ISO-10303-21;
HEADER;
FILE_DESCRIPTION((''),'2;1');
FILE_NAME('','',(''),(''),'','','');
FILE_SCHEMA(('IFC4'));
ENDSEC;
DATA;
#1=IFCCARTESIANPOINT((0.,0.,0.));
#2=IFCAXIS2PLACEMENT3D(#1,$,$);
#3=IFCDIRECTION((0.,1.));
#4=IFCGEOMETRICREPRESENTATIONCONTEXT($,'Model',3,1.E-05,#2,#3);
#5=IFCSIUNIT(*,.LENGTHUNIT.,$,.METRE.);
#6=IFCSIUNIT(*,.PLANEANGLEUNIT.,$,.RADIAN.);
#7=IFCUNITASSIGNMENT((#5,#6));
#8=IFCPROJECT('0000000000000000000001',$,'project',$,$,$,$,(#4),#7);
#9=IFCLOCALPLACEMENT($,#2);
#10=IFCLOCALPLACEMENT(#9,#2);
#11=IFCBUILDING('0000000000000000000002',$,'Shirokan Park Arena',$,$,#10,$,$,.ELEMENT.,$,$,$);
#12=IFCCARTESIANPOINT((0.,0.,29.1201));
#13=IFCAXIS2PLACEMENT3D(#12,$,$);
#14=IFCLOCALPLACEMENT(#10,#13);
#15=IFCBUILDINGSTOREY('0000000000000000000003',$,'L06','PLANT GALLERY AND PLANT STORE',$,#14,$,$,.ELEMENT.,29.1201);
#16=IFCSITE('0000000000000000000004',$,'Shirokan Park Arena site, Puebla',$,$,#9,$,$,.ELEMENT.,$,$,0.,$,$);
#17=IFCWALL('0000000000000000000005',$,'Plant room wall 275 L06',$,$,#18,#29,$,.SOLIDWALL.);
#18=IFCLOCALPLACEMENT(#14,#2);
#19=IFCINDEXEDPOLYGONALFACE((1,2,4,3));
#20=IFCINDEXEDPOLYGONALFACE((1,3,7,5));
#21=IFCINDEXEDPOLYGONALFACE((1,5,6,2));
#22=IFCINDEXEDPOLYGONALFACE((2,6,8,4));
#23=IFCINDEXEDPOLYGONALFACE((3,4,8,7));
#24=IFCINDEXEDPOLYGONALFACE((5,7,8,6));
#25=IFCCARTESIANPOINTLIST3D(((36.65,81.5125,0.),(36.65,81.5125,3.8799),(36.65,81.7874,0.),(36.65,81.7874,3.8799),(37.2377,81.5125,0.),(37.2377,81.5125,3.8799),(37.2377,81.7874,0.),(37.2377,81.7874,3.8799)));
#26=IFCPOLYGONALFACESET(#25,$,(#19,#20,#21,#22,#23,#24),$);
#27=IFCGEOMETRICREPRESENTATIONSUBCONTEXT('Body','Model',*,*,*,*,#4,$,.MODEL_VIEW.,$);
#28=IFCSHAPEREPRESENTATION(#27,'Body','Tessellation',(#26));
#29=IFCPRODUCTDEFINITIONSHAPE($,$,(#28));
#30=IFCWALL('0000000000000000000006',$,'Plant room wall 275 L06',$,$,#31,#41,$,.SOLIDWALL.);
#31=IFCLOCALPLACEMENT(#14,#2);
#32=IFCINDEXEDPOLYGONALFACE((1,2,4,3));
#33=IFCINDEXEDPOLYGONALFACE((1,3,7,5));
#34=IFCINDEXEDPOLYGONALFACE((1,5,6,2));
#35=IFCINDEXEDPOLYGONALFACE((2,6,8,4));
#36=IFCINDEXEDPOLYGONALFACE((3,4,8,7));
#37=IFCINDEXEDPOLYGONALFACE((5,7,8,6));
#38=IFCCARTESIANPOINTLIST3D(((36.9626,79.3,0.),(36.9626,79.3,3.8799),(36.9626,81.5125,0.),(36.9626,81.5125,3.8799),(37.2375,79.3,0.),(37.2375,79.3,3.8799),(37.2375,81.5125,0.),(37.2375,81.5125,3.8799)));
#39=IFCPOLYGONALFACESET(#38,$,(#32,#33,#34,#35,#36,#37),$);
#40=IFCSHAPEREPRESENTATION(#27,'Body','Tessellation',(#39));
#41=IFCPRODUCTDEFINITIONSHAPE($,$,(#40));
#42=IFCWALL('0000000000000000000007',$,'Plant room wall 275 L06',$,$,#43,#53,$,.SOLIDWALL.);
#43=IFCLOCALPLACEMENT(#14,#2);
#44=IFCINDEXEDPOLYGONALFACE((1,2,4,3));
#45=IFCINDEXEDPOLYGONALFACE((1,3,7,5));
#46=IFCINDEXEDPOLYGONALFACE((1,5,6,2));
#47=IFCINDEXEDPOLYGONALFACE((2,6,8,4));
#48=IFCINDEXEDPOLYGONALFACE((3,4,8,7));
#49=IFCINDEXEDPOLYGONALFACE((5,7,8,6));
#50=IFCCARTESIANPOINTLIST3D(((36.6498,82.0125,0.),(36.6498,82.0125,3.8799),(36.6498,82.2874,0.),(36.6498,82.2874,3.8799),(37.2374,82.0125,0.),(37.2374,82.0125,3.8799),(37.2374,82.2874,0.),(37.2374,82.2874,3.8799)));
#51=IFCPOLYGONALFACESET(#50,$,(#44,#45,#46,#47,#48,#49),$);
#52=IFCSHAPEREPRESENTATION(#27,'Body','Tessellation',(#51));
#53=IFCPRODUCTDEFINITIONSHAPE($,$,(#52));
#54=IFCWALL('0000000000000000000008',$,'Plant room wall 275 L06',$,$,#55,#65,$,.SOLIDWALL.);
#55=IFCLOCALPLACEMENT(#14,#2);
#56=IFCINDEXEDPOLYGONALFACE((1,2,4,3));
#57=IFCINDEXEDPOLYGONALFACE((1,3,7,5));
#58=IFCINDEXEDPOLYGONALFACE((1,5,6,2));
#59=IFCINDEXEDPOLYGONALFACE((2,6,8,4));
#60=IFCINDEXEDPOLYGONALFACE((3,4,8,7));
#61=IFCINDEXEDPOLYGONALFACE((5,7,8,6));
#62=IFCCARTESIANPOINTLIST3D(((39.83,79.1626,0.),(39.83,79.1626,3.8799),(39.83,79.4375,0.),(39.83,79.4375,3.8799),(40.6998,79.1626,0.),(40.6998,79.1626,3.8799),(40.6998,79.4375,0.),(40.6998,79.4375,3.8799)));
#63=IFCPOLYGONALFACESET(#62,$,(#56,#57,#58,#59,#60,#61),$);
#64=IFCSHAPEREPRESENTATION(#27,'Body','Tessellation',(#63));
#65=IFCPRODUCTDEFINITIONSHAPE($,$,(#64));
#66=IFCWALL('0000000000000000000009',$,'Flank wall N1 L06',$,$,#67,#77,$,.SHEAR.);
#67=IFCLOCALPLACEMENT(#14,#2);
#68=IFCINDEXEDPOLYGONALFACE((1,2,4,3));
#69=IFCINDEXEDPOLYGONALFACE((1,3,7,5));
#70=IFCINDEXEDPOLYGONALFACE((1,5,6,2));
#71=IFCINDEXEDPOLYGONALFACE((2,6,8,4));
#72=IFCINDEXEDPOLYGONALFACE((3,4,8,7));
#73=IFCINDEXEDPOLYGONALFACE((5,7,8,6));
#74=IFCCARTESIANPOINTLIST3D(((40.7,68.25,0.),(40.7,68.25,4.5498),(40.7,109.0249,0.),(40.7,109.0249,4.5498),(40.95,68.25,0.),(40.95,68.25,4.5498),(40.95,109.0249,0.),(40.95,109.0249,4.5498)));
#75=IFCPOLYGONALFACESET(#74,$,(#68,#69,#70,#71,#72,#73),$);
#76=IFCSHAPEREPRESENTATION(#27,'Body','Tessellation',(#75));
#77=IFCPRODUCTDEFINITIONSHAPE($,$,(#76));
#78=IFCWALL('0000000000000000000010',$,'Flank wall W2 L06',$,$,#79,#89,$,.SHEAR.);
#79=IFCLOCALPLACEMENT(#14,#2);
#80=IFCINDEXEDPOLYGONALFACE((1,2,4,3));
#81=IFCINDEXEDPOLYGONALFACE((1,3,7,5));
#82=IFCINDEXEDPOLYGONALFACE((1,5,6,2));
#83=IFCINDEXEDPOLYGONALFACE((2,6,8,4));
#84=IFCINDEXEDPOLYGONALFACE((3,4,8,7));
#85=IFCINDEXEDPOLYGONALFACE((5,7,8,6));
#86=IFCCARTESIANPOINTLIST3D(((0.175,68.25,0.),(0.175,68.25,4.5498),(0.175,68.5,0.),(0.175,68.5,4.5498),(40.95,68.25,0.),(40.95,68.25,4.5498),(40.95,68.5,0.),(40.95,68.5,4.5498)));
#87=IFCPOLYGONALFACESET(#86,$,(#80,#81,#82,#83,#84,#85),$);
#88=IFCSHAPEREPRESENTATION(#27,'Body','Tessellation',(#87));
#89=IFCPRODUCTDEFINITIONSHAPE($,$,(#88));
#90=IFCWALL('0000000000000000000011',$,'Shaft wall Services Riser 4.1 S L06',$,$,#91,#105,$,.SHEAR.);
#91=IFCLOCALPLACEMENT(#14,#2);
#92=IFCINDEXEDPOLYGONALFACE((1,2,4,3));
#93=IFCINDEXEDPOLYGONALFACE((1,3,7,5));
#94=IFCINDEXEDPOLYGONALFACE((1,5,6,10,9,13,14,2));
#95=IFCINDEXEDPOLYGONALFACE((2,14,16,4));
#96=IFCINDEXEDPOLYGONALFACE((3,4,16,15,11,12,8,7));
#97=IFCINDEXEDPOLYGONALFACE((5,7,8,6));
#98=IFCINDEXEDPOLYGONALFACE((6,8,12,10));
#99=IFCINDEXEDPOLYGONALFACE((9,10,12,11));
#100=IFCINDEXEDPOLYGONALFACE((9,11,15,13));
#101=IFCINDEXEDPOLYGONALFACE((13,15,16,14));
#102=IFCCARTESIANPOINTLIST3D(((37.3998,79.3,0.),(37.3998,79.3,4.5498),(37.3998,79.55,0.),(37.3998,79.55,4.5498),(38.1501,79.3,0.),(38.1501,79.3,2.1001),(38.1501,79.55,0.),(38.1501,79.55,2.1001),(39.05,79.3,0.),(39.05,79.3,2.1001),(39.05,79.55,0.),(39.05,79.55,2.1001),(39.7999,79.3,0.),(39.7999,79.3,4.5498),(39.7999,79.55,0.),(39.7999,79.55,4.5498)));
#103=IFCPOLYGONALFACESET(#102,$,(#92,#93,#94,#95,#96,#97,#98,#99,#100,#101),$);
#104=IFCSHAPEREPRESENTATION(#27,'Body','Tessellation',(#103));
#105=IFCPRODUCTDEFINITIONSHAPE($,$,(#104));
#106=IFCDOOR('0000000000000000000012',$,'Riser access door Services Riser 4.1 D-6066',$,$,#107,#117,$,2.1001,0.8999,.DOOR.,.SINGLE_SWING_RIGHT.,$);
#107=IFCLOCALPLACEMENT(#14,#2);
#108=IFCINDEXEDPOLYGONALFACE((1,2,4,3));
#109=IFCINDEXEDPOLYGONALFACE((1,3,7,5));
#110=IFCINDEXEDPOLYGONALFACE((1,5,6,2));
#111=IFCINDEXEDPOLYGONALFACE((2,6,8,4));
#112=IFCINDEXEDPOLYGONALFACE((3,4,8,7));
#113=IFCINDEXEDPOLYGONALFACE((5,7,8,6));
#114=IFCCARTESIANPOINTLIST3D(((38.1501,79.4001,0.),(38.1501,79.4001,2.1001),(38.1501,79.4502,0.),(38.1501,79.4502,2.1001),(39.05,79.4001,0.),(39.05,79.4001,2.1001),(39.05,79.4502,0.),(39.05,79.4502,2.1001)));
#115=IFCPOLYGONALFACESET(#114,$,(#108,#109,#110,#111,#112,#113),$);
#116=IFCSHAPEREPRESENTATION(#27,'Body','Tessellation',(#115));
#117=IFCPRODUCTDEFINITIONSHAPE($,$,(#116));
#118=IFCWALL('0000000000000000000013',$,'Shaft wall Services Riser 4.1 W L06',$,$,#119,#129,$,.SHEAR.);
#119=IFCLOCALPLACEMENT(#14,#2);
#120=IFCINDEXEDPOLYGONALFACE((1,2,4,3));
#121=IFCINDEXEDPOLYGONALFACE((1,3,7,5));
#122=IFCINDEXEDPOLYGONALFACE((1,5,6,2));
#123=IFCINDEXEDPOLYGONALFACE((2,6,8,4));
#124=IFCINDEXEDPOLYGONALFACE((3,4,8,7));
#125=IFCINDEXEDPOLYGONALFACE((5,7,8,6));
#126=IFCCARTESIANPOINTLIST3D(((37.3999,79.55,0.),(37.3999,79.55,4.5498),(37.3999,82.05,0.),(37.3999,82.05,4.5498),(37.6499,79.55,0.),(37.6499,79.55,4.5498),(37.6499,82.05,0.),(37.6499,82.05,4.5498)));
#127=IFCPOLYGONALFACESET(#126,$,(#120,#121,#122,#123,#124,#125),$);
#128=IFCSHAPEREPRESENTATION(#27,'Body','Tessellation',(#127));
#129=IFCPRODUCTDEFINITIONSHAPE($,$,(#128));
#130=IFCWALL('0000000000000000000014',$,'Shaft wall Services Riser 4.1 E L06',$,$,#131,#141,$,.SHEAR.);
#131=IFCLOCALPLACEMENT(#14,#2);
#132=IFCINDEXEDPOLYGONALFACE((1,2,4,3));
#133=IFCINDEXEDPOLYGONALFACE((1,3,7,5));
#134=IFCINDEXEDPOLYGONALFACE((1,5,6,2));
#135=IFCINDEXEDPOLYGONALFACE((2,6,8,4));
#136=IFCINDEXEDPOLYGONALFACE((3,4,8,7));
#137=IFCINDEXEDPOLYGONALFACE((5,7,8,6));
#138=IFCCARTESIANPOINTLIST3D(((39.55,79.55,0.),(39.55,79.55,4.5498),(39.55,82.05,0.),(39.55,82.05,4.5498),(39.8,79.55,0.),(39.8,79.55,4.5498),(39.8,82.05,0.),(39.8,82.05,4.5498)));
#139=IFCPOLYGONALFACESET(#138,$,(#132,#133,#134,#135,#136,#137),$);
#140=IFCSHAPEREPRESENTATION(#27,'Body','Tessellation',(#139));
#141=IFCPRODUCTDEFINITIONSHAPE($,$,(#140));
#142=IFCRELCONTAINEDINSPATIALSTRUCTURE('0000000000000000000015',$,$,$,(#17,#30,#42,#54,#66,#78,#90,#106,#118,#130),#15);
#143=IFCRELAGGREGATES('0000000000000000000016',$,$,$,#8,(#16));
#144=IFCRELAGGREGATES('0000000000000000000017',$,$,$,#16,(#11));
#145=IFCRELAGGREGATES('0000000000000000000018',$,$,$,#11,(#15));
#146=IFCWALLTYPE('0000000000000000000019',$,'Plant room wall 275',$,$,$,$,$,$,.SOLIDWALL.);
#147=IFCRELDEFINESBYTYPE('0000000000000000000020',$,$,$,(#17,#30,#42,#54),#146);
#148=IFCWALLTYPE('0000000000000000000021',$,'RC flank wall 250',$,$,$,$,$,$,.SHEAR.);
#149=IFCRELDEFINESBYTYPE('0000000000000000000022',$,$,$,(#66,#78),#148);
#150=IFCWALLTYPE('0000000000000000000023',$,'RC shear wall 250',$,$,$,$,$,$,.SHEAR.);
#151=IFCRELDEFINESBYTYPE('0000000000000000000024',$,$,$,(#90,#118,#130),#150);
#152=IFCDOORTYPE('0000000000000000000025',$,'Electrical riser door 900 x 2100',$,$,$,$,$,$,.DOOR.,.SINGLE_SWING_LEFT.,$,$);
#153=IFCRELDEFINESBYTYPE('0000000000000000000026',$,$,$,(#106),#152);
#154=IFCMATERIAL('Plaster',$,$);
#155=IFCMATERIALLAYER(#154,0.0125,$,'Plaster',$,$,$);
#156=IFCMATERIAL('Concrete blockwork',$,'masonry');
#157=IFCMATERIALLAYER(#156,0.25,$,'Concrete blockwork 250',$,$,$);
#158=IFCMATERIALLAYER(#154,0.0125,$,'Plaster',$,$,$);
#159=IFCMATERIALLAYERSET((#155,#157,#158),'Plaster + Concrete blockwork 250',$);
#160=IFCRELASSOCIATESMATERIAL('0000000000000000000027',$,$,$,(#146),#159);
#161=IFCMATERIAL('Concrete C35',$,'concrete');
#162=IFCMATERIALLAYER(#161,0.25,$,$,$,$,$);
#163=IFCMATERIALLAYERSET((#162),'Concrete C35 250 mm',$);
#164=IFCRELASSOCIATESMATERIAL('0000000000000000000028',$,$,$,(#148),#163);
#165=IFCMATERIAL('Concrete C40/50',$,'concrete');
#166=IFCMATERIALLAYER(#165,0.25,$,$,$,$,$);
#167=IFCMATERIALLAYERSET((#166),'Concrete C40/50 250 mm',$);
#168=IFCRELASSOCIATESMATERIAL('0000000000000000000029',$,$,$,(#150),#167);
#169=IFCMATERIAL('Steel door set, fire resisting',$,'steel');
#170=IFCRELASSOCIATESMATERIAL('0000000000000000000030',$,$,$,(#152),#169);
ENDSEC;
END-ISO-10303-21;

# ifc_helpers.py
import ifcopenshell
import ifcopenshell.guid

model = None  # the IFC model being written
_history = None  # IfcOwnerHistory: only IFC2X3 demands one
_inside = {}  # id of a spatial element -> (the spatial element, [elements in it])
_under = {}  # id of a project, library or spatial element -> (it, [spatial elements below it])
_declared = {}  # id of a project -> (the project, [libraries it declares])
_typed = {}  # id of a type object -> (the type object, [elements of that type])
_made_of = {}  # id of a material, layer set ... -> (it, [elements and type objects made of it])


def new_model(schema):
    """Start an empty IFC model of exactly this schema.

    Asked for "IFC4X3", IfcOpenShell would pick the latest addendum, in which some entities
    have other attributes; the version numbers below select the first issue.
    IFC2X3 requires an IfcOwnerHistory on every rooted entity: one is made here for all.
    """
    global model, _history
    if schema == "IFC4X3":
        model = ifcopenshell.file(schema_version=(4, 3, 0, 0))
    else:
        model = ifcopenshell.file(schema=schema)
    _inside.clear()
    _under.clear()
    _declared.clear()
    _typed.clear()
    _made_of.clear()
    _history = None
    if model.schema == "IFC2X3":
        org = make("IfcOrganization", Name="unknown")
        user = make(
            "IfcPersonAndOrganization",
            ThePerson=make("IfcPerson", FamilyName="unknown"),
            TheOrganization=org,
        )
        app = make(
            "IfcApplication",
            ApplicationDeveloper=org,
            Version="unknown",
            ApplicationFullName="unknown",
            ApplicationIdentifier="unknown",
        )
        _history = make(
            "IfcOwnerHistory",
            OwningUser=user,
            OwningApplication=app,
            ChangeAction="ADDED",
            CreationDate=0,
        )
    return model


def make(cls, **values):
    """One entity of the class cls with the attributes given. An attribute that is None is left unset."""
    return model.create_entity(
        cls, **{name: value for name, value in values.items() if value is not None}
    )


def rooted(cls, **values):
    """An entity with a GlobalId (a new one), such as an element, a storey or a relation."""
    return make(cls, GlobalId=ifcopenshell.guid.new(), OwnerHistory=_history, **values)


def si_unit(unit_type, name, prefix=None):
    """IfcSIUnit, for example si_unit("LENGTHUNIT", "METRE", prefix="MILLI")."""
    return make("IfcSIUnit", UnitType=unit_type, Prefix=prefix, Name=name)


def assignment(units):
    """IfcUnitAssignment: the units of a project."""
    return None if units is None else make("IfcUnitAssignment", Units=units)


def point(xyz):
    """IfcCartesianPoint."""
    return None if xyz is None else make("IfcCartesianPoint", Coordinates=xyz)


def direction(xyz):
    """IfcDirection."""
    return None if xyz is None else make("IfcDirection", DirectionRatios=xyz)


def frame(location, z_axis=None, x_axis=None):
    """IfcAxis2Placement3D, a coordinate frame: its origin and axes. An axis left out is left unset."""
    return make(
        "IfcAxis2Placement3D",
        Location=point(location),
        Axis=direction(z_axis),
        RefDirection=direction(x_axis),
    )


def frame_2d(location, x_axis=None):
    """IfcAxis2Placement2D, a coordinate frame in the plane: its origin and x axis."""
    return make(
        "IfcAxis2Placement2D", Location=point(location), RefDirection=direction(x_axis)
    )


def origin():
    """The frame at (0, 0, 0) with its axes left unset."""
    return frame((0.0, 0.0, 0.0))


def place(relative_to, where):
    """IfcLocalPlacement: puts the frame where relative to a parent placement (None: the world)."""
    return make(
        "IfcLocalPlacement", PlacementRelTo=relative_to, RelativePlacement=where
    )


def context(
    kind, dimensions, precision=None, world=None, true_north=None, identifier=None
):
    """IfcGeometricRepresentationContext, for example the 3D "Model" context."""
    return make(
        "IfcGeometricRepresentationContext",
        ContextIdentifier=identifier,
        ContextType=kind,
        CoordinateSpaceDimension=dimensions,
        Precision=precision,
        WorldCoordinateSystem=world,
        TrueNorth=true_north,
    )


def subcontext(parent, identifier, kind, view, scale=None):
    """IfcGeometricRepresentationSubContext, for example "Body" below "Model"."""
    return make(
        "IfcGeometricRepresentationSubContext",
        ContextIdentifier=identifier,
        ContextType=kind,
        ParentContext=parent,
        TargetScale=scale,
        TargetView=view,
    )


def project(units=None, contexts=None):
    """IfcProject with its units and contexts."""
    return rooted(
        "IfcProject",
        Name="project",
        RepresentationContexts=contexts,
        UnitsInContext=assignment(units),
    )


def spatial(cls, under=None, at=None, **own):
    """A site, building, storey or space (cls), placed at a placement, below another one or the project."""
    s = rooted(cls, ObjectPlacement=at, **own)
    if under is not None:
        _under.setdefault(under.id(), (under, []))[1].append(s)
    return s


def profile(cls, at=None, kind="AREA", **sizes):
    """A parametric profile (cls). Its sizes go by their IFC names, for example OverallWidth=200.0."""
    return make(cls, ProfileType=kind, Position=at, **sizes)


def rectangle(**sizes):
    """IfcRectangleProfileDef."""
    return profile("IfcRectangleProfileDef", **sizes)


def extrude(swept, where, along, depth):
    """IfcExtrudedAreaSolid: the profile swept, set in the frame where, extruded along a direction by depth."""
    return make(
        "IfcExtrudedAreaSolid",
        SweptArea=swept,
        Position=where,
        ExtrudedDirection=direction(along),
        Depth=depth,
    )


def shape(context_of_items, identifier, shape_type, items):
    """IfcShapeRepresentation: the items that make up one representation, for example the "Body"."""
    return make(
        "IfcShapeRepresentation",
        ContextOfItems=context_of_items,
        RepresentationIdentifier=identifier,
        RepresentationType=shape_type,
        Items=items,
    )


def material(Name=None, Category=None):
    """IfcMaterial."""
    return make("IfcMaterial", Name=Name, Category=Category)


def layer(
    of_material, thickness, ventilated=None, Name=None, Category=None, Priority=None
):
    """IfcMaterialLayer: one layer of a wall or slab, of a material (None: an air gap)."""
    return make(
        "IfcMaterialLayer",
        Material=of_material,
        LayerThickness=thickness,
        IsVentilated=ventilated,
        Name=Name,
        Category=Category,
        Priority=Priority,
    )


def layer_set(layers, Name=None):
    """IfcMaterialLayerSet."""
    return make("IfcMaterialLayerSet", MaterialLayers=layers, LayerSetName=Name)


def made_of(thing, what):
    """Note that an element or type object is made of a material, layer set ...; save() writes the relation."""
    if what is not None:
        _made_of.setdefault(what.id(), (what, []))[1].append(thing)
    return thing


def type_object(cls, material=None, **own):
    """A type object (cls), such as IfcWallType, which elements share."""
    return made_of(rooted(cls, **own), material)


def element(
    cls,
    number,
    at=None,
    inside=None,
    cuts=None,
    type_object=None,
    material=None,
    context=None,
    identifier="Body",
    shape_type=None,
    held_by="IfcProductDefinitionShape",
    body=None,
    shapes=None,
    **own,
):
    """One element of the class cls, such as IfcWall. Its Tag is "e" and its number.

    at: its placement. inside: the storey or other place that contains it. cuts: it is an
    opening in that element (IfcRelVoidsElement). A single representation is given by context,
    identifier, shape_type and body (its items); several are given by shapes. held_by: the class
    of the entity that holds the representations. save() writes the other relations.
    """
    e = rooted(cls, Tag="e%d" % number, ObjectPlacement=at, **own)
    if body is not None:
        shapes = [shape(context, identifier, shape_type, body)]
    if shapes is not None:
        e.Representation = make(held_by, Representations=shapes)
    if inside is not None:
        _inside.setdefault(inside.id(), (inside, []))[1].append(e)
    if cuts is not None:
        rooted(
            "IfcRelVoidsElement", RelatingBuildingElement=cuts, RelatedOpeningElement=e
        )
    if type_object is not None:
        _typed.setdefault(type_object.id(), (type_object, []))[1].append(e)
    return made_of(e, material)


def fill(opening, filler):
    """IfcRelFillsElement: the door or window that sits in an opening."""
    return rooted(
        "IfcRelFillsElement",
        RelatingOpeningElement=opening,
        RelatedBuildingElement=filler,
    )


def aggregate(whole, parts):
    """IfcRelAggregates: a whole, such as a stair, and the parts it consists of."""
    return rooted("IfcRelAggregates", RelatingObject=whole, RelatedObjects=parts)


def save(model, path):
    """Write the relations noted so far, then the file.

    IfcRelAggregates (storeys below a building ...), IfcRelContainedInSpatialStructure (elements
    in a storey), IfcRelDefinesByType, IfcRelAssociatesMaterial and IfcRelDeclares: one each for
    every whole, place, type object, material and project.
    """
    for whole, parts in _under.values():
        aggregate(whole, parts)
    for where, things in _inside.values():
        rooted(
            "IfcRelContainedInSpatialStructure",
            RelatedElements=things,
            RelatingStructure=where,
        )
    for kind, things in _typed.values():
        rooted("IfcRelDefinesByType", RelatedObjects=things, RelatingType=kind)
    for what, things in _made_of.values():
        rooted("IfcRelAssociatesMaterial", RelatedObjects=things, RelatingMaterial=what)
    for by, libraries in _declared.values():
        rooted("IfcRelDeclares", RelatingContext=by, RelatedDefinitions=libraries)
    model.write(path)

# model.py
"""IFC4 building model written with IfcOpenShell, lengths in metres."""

from ifc_helpers import new_model, si_unit, direction, frame, frame_2d, origin, place, context, subcontext, project, spatial, rectangle, extrude, material, layer, layer_set, type_object, element, fill, save


model = new_model("IFC4")

# Units and contexts
model_context = context("Model", 3, precision=1e-05, world=origin(), true_north=direction((0.0, 1.0)))
body_context = subcontext(model_context, "Body", "Model", "MODEL_VIEW")
ifc_project = project(units=[si_unit("LENGTHUNIT", "METRE"), si_unit("PLANEANGLEUNIT", "RADIAN")], contexts=[model_context])

# Site, building, storey
site_placement = place(None, origin())
site = spatial("IfcSite", under=ifc_project, at=site_placement, Name="Shirokan Park Arena site, Puebla", CompositionType="ELEMENT", RefElevation=0.0)
building_placement = place(site_placement, origin())
building = spatial("IfcBuilding", under=site, at=building_placement, Name="Shirokan Park Arena", CompositionType="ELEMENT")
storey_placement = place(building_placement, frame((0.0, 0.0, 29.1201)))
storey = spatial("IfcBuildingStorey", under=building, at=storey_placement, Name="L06", Description="PLANT GALLERY AND PLANT STORE", CompositionType="ELEMENT", Elevation=29.1201)

# Shared definitions
ifc_material_1 = material(Name="Concrete C35", Category="concrete")

# Shared definitions
ifc_material_2 = material(Name="Plaster")
ifc_layer_1 = layer(ifc_material_2, 0.0125, Name="Plaster")
ifc_material_3 = material(Name="Concrete blockwork", Category="masonry")
ifc_layer_2 = layer(ifc_material_3, 0.25, Name="Concrete blockwork 250")
ifc_layer_3 = layer(ifc_material_2, 0.0125, Name="Plaster")
ifc_layer_set_1 = layer_set([ifc_layer_1, ifc_layer_2, ifc_layer_3], Name="Plaster + Concrete blockwork 250")
wall_type_1 = type_object("IfcWallType", Name="Plant room wall 275", PredefinedType="SOLIDWALL", material=ifc_layer_set_1)

# Walls
wall_1_placement = place(storey_placement, frame((36.6499, 81.6499, 0.0), z_axis=(0.0, 0.0, 1.0), x_axis=(1.0, 0.0, 0.0)))
element("IfcWall", 1, at=wall_1_placement, inside=storey, type_object=wall_type_1, Name="Plant room wall 275 L06", PredefinedType="SOLIDWALL", context=body_context, shape_type="SweptSolid", body=[
    extrude(rectangle(XDim=0.5876, YDim=0.2749, at=frame_2d((0.2939, 0.0))), origin(), (0.0, 0.0, 1.0), 3.8799),
])
wall_2_placement = place(storey_placement, frame((37.1001, 81.5125, 0.0), z_axis=(0.0, 0.0, 1.0), x_axis=(0.0, -1.0, 0.0)))
element("IfcWall", 2, at=wall_2_placement, inside=storey, type_object=wall_type_1, Name="Plant room wall 275 L06", PredefinedType="SOLIDWALL", context=body_context, shape_type="SweptSolid", body=[
    extrude(rectangle(XDim=2.2124, YDim=0.2749, at=frame_2d((1.1062, 0.0))), origin(), (0.0, 0.0, 1.0), 3.8799),
])
wall_3_placement = place(storey_placement, frame((37.2375, 82.1499, 0.0), z_axis=(0.0, 0.0, 1.0), x_axis=(-1.0, 0.0, 0.0)))
element("IfcWall", 3, at=wall_3_placement, inside=storey, type_object=wall_type_1, Name="Plant room wall 275 L06", PredefinedType="SOLIDWALL", context=body_context, shape_type="SweptSolid", body=[
    extrude(rectangle(XDim=0.5876, YDim=0.2749, at=frame_2d((0.2939, 0.0))), origin(), (0.0, 0.0, 1.0), 3.8799),
])
wall_4_placement = place(storey_placement, frame((40.7, 79.3, 0.0), z_axis=(0.0, 0.0, 1.0), x_axis=(-1.0, 0.0, 0.0)))
element("IfcWall", 4, at=wall_4_placement, inside=storey, type_object=wall_type_1, Name="Plant room wall 275 L06", PredefinedType="SOLIDWALL", context=body_context, shape_type="SweptSolid", body=[
    extrude(rectangle(XDim=0.8699, YDim=0.2749, at=frame_2d((0.4351, 0.0))), origin(), (0.0, 0.0, 1.0), 3.8799),
])
ifc_layer_4 = layer(ifc_material_1, 0.25)
ifc_layer_set_2 = layer_set([ifc_layer_4], Name="Concrete C35 250 mm")
wall_type_2 = type_object("IfcWallType", Name="RC flank wall 250", PredefinedType="SHEAR", material=ifc_layer_set_2)
for number, where, z_axis, x_axis, name in (
    (5, (40.825, 68.25, 0.0), (0.0, 0.0, 1.0), (0.0, 1.0, 0.0), "Flank wall N1 L06"),
    (6, (40.95, 68.375, 0.0), (0.0, 0.0, 1.0), (-1.0, 0.0, 0.0), "Flank wall W2 L06"),
):
    element("IfcWall", number, at=place(storey_placement, frame(where, z_axis=z_axis, x_axis=x_axis)), inside=storey, type_object=wall_type_2, Name=name, PredefinedType="SHEAR", context=body_context, shape_type="SweptSolid", body=[
        extrude(rectangle(XDim=40.7749, YDim=0.25, at=frame_2d((20.3875, 0.0))), origin(), (0.0, 0.0, 1.0), 4.5498),
    ])

# Wall, opening, door
ifc_material_4 = material(Name="Concrete C40/50", Category="concrete")
ifc_layer_5 = layer(ifc_material_4, 0.25)
ifc_layer_set_3 = layer_set([ifc_layer_5], Name="Concrete C40/50 250 mm")
wall_type_3 = type_object("IfcWallType", Name="RC shear wall 250", PredefinedType="SHEAR", material=ifc_layer_set_3)
wall_5_placement = place(storey_placement, frame((39.8, 79.425, 0.0), z_axis=(0.0, 0.0, 1.0), x_axis=(-1.0, 0.0, 0.0)))
wall_5 = element("IfcWall", 7, at=wall_5_placement, inside=storey, type_object=wall_type_3, Name="Shaft wall Services Riser 4.1 S L06", PredefinedType="SHEAR", context=body_context, shape_type="SweptSolid", body=[
    extrude(rectangle(XDim=2.4001, YDim=0.25, at=frame_2d((1.2002, 0.0))), origin(), (0.0, 0.0, 1.0), 4.5498),
])
opening_1_placement = place(wall_5_placement, frame((0.75, 0.0, 0.0)))
opening_1 = element("IfcOpeningElement", 8, at=opening_1_placement, cuts=wall_5, PredefinedType="OPENING", context=body_context, shape_type="SweptSolid", body=[
    extrude(rectangle(XDim=0.8999, YDim=2.1001, at=frame_2d((0.45, 1.05))), frame((0.0, 0.135, 0.0), z_axis=(0.0, -1.0, 0.0), x_axis=(1.0, 0.0, 0.0)), (0.0, 0.0, 1.0), 0.27),
])
ifc_material_5 = material(Name="Steel door set, fire resisting", Category="steel")
door_type_1 = type_object("IfcDoorType", Name="Electrical riser door 900 x 2100", OperationType="SINGLE_SWING_LEFT", PredefinedType="DOOR", material=ifc_material_5)
door_1_placement = place(opening_1_placement, origin())
door_1 = element("IfcDoor", 9, at=door_1_placement, inside=storey, type_object=door_type_1, Name="Riser access door Services Riser 4.1 D-6066", OperationType="SINGLE_SWING_RIGHT", OverallHeight=2.1001, OverallWidth=0.8999, PredefinedType="DOOR", context=body_context, shape_type="SweptSolid", body=[
    extrude(rectangle(XDim=0.8999, YDim=2.1001, at=frame_2d((0.45, 1.05))), frame((0.0, 0.0249, 0.0), z_axis=(0.0, -1.0, 0.0), x_axis=(1.0, 0.0, 0.0)), (0.0, 0.0, 1.0), 0.05),
])
fill(opening_1, door_1)

# Walls
for number, where, z_axis, x_axis, name in (
    (10, (37.5249, 82.05, 0.0), (0.0, 0.0, 1.0), (0.0, -1.0, 0.0), "Shaft wall Services Riser 4.1 W L06"),
    (11, (39.675, 82.05, 0.0), (0.0, 0.0, 1.0), (0.0, -1.0, 0.0), "Shaft wall Services Riser 4.1 E L06"),
):
    element("IfcWall", number, at=place(storey_placement, frame(where, z_axis=z_axis, x_axis=x_axis)), inside=storey, type_object=wall_type_3, Name=name, PredefinedType="SHEAR", context=body_context, shape_type="SweptSolid", body=[
        extrude(rectangle(XDim=2.5, YDim=0.25, at=frame_2d((1.25, 0.0))), origin(), (0.0, 0.0, 1.0), 4.5498),
    ])

save(model, "model.ifc")
